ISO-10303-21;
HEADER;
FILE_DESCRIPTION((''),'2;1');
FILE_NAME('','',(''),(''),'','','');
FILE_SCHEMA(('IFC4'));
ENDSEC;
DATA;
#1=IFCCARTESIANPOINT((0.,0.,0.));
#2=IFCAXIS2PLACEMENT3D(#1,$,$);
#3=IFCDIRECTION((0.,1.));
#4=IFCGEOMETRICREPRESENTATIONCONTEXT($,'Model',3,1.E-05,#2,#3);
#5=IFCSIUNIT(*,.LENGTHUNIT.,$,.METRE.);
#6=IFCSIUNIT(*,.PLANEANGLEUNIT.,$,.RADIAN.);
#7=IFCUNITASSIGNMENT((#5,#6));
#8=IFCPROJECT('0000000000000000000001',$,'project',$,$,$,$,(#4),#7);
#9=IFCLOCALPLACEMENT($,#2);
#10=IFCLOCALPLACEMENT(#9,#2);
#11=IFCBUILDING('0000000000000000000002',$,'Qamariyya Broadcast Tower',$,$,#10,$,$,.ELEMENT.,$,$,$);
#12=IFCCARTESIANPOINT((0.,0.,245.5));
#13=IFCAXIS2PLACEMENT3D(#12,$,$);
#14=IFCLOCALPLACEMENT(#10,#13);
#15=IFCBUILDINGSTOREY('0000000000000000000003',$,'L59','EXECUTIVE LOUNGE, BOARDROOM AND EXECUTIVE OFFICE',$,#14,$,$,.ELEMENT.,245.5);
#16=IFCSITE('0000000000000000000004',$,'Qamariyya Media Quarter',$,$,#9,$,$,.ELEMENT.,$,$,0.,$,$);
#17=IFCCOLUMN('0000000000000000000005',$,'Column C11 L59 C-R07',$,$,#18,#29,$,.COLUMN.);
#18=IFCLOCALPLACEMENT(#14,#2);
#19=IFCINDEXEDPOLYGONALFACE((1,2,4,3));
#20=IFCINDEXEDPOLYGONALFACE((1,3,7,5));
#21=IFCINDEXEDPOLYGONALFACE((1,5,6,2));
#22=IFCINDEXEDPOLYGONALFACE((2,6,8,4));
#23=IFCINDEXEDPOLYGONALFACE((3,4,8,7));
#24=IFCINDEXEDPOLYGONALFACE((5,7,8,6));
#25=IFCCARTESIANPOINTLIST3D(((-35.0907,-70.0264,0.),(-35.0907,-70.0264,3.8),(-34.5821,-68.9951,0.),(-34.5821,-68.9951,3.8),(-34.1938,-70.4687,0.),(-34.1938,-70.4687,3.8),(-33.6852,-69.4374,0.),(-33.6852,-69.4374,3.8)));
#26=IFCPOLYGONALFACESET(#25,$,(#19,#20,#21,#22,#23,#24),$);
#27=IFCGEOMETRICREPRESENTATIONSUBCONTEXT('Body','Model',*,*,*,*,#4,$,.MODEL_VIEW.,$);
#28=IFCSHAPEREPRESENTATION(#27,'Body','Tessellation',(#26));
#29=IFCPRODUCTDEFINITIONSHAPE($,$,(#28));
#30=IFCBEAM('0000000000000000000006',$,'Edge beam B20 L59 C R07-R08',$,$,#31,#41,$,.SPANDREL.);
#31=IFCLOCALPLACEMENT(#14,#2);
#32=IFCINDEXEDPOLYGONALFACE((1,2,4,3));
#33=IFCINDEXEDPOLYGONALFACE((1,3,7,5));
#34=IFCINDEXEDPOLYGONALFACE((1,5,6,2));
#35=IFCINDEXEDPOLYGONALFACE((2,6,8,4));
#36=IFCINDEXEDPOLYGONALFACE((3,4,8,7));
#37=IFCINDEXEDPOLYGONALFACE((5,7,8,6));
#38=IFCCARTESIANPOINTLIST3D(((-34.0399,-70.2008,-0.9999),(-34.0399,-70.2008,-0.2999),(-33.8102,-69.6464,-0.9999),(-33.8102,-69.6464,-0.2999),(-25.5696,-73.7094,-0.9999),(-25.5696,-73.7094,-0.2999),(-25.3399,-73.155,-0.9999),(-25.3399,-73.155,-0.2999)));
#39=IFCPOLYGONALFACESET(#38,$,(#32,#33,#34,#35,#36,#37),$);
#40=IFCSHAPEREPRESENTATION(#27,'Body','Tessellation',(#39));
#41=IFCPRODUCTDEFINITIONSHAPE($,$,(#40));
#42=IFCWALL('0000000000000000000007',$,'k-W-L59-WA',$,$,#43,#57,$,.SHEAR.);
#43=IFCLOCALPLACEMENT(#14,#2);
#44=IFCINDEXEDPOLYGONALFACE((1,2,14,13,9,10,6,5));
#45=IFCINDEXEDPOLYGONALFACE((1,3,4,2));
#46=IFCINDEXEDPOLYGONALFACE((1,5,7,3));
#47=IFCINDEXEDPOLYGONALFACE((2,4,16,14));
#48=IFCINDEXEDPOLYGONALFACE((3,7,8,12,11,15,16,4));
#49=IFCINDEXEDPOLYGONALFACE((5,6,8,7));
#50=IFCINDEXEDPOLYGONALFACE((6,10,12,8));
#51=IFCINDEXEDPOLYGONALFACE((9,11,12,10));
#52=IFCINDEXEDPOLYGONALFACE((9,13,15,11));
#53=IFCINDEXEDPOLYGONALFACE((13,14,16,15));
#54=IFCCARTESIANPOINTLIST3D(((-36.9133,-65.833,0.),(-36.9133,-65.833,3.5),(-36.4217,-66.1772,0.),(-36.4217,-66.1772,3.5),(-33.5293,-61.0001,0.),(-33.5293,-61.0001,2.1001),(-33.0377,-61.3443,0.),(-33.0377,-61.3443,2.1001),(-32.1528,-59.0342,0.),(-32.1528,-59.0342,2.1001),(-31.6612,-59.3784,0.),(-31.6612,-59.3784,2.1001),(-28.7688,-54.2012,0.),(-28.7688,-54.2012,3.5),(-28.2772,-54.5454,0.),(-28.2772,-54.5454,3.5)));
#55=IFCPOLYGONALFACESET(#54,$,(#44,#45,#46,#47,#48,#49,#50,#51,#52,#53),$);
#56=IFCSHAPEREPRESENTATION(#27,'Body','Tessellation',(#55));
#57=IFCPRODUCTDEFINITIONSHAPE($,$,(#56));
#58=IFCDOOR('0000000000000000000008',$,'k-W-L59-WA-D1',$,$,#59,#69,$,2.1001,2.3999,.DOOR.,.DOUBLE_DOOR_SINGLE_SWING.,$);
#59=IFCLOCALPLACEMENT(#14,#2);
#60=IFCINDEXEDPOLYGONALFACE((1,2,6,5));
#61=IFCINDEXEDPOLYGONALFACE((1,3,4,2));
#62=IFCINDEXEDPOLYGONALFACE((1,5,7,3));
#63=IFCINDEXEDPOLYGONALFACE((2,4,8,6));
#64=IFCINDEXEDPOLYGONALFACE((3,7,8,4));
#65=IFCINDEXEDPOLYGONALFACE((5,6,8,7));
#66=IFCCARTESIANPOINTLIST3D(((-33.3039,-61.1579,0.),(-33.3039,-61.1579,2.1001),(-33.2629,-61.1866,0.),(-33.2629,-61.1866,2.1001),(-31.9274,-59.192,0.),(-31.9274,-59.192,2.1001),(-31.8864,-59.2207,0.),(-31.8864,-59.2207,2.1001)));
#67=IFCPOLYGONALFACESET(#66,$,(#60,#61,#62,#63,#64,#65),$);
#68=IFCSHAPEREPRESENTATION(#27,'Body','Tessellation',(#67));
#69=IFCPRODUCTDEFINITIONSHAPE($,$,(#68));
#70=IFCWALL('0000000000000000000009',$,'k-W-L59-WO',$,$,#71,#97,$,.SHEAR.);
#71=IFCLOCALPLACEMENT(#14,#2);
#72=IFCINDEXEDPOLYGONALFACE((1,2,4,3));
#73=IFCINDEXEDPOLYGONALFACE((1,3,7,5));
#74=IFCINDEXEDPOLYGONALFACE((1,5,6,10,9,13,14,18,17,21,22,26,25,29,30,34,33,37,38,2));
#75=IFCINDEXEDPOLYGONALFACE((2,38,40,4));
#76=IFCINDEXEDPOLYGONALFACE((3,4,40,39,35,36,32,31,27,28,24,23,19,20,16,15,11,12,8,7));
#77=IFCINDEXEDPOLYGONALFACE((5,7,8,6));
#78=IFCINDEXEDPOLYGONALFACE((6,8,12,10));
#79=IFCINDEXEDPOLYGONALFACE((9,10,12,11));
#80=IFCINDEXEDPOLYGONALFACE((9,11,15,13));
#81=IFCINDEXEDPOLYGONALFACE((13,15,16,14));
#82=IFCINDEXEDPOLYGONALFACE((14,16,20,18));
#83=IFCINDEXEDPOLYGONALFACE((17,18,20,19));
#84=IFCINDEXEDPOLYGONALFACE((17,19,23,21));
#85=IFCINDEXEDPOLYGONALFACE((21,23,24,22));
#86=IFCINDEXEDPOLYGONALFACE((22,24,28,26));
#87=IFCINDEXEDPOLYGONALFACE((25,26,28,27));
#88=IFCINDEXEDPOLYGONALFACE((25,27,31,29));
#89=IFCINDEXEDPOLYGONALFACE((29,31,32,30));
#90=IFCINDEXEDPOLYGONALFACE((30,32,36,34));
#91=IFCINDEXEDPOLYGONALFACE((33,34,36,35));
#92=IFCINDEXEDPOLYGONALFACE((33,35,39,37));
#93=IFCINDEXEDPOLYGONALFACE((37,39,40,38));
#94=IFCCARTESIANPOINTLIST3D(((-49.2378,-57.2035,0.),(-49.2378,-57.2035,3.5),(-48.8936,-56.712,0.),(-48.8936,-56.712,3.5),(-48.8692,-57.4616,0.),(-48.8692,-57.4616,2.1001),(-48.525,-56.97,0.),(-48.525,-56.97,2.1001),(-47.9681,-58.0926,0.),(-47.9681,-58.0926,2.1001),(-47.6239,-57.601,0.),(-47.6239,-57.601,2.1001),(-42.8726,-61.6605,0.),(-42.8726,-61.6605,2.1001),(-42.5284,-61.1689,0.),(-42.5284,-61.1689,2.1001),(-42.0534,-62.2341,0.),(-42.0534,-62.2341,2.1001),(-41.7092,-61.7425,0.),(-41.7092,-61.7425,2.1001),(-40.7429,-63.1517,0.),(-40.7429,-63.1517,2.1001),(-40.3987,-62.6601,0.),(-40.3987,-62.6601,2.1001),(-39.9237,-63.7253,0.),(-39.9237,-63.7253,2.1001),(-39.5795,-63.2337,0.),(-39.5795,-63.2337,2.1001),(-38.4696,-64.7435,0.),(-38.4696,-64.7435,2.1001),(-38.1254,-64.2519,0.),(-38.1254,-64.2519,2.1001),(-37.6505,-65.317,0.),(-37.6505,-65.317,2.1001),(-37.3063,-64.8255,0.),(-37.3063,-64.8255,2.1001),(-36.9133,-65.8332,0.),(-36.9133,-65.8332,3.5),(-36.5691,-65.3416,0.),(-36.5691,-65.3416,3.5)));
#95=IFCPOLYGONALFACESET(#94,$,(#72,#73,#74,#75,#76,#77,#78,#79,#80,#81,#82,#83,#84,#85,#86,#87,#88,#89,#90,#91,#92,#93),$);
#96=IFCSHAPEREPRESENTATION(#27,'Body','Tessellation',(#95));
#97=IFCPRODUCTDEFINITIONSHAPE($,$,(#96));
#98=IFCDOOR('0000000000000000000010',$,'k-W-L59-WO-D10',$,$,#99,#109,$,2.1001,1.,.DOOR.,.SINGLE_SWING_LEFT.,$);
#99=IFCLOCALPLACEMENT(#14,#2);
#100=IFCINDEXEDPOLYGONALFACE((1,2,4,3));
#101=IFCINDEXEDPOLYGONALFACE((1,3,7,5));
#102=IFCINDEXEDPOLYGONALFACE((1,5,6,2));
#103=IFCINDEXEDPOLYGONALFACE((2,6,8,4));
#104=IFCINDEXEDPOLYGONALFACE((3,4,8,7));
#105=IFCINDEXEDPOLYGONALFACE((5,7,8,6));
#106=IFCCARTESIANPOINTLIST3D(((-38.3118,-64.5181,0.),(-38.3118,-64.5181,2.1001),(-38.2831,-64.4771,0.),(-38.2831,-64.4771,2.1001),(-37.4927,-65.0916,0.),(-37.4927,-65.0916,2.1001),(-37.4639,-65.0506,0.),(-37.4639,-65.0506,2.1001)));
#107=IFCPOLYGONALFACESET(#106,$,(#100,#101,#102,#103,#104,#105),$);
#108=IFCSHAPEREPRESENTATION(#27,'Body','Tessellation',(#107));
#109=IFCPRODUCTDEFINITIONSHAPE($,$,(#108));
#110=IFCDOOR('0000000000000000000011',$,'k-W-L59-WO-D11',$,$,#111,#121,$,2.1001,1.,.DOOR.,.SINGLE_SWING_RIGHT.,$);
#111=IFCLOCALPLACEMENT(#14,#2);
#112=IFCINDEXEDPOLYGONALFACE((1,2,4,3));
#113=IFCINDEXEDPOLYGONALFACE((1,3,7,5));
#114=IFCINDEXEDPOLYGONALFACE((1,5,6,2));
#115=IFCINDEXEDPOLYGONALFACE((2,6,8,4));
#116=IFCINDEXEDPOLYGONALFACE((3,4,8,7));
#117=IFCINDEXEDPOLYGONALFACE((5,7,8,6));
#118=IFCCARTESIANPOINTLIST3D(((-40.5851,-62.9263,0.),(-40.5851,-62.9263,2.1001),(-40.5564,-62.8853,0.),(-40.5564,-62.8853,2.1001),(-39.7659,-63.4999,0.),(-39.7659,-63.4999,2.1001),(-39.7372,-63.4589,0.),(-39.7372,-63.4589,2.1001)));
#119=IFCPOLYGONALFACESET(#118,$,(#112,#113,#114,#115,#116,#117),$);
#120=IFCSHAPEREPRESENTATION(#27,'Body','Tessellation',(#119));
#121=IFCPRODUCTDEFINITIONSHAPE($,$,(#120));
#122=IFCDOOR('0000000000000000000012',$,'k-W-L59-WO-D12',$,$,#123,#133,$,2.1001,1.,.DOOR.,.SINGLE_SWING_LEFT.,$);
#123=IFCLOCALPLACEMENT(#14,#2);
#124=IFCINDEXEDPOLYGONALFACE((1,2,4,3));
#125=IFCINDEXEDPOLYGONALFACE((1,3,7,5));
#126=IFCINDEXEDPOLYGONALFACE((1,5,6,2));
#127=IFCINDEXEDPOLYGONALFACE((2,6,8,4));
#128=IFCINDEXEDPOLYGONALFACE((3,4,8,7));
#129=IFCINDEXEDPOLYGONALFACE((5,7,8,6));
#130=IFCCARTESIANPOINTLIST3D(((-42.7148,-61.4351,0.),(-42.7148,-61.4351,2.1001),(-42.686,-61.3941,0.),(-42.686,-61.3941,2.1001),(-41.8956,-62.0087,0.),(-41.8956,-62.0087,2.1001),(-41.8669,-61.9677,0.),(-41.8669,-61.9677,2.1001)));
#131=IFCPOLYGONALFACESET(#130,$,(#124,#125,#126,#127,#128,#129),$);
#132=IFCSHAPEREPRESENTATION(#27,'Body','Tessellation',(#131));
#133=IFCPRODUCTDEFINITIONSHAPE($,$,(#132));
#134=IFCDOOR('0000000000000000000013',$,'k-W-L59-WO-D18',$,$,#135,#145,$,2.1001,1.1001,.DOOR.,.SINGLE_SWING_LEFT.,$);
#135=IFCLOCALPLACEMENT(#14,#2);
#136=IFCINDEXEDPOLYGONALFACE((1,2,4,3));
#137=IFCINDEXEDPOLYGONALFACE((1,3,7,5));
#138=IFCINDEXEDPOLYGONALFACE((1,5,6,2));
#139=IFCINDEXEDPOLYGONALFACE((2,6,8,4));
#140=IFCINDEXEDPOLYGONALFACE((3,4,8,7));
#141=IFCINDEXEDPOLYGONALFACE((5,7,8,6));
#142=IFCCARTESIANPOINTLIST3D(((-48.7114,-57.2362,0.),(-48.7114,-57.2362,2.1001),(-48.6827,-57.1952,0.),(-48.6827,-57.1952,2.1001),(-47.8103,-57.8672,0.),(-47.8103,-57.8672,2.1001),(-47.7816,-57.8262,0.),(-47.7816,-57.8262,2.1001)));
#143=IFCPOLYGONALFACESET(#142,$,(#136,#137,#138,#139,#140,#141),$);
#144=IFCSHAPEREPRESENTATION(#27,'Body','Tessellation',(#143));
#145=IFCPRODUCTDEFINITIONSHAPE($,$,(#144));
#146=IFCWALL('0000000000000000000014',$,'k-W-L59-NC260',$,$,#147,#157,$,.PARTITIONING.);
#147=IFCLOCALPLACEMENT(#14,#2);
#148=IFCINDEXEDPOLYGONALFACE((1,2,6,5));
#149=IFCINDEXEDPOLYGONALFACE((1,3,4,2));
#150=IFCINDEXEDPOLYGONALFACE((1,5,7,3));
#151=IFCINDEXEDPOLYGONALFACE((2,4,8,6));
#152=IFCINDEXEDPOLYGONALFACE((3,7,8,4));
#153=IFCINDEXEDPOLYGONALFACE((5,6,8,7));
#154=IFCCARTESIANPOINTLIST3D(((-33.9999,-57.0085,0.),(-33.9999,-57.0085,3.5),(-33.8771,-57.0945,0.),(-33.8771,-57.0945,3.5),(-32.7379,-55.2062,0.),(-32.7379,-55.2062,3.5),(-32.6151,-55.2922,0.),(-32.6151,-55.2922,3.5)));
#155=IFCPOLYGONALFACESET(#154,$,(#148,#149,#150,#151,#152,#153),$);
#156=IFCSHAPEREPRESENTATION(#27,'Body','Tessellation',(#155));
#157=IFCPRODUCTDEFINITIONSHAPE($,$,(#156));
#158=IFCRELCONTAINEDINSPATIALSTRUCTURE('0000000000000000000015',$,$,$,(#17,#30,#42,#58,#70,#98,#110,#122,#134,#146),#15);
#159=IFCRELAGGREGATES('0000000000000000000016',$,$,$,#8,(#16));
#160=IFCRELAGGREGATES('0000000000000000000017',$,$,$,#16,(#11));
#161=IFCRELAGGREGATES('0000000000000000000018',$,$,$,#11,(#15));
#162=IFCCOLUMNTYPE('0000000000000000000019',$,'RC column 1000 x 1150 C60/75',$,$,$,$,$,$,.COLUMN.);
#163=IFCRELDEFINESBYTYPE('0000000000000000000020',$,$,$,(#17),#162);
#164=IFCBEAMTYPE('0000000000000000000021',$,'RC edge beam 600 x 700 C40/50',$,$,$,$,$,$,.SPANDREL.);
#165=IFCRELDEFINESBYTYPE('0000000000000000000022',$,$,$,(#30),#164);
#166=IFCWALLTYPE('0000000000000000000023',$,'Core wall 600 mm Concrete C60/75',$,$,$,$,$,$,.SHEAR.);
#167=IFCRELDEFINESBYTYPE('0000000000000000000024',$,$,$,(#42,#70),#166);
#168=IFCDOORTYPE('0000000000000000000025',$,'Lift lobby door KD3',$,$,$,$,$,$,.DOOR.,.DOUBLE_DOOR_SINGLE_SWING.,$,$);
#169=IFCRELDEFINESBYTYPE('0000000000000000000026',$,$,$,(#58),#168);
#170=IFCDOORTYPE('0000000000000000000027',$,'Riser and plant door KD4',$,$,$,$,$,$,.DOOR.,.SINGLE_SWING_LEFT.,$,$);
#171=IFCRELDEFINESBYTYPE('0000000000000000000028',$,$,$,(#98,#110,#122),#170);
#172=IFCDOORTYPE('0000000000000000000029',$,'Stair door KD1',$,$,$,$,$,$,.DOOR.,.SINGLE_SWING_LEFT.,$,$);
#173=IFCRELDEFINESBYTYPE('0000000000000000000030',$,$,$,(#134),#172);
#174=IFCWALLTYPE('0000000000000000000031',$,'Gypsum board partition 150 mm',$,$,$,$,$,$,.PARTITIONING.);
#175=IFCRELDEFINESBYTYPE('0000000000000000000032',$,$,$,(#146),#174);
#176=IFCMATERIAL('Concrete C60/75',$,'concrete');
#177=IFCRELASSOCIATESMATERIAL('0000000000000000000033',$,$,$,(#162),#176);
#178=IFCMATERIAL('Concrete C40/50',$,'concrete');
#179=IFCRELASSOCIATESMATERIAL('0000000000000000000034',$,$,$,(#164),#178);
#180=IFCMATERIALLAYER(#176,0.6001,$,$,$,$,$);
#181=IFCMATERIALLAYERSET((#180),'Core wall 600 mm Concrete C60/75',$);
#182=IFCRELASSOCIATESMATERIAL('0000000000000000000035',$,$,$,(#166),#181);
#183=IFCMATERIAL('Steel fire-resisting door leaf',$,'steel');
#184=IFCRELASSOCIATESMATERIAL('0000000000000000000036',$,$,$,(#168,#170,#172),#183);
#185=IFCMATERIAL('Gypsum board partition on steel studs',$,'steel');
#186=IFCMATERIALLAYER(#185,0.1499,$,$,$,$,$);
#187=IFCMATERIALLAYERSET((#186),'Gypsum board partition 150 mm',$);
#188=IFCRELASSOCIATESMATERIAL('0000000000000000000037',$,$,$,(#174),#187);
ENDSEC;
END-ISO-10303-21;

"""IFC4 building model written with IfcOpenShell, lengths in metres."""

from ifc_helpers import new_model, si_unit, direction, frame, frame_2d, origin, origin_2d, place, context, subcontext, project, spatial, rectangle, extrude, material, layer, layer_set, material_profile, profile_set, type_object, element, fill, save


model = new_model("IFC4")

# Units and contexts
model_context = context("Model", 3, precision=1e-05, world=origin(), true_north=direction((0.0, 1.0)))
body_context = subcontext(model_context, "Body", "Model", "MODEL_VIEW")
ifc_project = project(units=[si_unit("LENGTHUNIT", "METRE"), si_unit("PLANEANGLEUNIT", "RADIAN")], contexts=[model_context])

# Site, building, storey
site_placement = place(None, origin())
site = spatial("IfcSite", under=ifc_project, at=site_placement, Name="Qamariyya Media Quarter", CompositionType="ELEMENT", RefElevation=0.0)
building_placement = place(site_placement, origin())
building = spatial("IfcBuilding", under=site, at=building_placement, Name="Qamariyya Broadcast Tower", CompositionType="ELEMENT")
storey_placement = place(building_placement, frame((0.0, 0.0, 245.5)))
storey = spatial("IfcBuildingStorey", under=building, at=storey_placement, Name="L59", Description="EXECUTIVE LOUNGE, BOARDROOM AND EXECUTIVE OFFICE", CompositionType="ELEMENT", Elevation=245.5)

# Column
ifc_material_1 = material(Name="Concrete C60/75", Category="concrete")
ifc_material_profile_1 = material_profile(ifc_material_1, rectangle(XDim=1.0, YDim=1.1499, at=origin_2d()))
ifc_profile_set_1 = profile_set([ifc_material_profile_1], Name="Concrete C60/75")
column_type = type_object("IfcColumnType", Name="RC column 1000 x 1150 C60/75", PredefinedType="COLUMN", material=ifc_profile_set_1)
column_placement = place(storey_placement, frame((-34.3879, -69.7319, 0.0), z_axis=(0.0, 0.0, 1.0), x_axis=(0.896873, -0.442289, 0.0)))
element("IfcColumn", 1, at=column_placement, inside=storey, type_object=column_type, Name="Column C11 L59 C-R07", PredefinedType="COLUMN", context=body_context, shape_type="SweptSolid", body=[
    extrude(rectangle(XDim=1.0, YDim=1.1499, at=origin_2d()), origin(), (0.0, 0.0, 1.0), 3.8),
])

# Beam
ifc_material_2 = material(Name="Concrete C40/50", Category="concrete")
ifc_material_profile_2 = material_profile(ifc_material_2, rectangle(XDim=0.6001, YDim=0.7, at=origin_2d()))
ifc_profile_set_2 = profile_set([ifc_material_profile_2], Name="Concrete C40/50")
beam_type = type_object("IfcBeamType", Name="RC edge beam 600 x 700 C40/50", PredefinedType="SPANDREL", material=ifc_profile_set_2)
beam_placement = place(storey_placement, frame((-33.925, -69.9236, -0.6499), z_axis=(0.923877, -0.38269, 0.0), x_axis=(0.38269, 0.923877, 0.0)))
element("IfcBeam", 2, at=beam_placement, inside=storey, type_object=beam_type, Name="Edge beam B20 L59 C R07-R08", PredefinedType="SPANDREL", context=body_context, shape_type="SweptSolid", body=[
    extrude(rectangle(XDim=0.6001, YDim=0.7, at=origin_2d()), origin(), (0.0, 0.0, 1.0), 9.1682),
])

# Wall, opening, door
ifc_layer_1 = layer(ifc_material_1, 0.6001)
ifc_layer_set_1 = layer_set([ifc_layer_1], Name="Core wall 600 mm Concrete C60/75")
wall_type_1 = type_object("IfcWallType", Name="Core wall 600 mm Concrete C60/75", PredefinedType="SHEAR", material=ifc_layer_set_1)
wall_1_placement = place(storey_placement, frame((-36.6675, -66.0051, 0.0), z_axis=(0.0, 0.0, 1.0), x_axis=(0.573568, 0.819158, 0.0)))
wall_1 = element("IfcWall", 3, at=wall_1_placement, inside=storey, type_object=wall_type_1, Name="k-W-L59-WA", PredefinedType="SHEAR", context=body_context, shape_type="SweptSolid", body=[
    extrude(rectangle(XDim=14.1997, YDim=0.6001, at=frame_2d((7.0999, 0.0))), origin(), (0.0, 0.0, 1.0), 3.5),
])
opening_1_placement = place(wall_1_placement, frame((5.8999, 0.0, 0.0)))
opening_1 = element("IfcOpeningElement", 4, at=opening_1_placement, cuts=wall_1, PredefinedType="OPENING", context=body_context, shape_type="SweptSolid", body=[
    extrude(rectangle(XDim=2.3999, YDim=2.1001, at=frame_2d((1.2, 1.05))), frame((0.0, 0.3101, 0.0), z_axis=(0.0, -1.0, 0.0), x_axis=(1.0, 0.0, 0.0)), (0.0, 0.0, 1.0), 0.6201),
])
ifc_material_3 = material(Name="Steel fire-resisting door leaf", Category="steel")
door_type_1 = type_object("IfcDoorType", Name="Lift lobby door KD3", OperationType="DOUBLE_DOOR_SINGLE_SWING", PredefinedType="DOOR", material=ifc_material_3)
door_1_placement = place(opening_1_placement, origin())
door_1 = element("IfcDoor", 5, at=door_1_placement, inside=storey, type_object=door_type_1, Name="k-W-L59-WA-D1", OperationType="DOUBLE_DOOR_SINGLE_SWING", OverallHeight=2.1001, OverallWidth=2.3999, PredefinedType="DOOR", context=body_context, shape_type="SweptSolid", body=[
    extrude(rectangle(XDim=2.3999, YDim=2.1001, at=frame_2d((1.2, 1.05))), frame((0.0, 0.0249, 0.0), z_axis=(0.0, -1.0, 0.0), x_axis=(1.0, 0.0, 0.0)), (0.0, 0.0, 1.0), 0.05),
])
fill(opening_1, door_1)

# Wall, openings, doors
wall_2_placement = place(storey_placement, frame((-36.7412, -65.5874, 0.0), z_axis=(0.0, 0.0, 1.0), x_axis=(-0.819153, 0.573575, 0.0)))
wall_2 = element("IfcWall", 6, at=wall_2_placement, inside=storey, type_object=wall_type_1, Name="k-W-L59-WO", PredefinedType="SHEAR", context=body_context, shape_type="SweptSolid", body=[
    extrude(rectangle(XDim=15.0454, YDim=0.6001, at=frame_2d((7.5227, 0.0))), origin(), (0.0, 0.0, 1.0), 3.5),
])
opening_2_placement = place(wall_2_placement, frame((0.8999, 0.0, 0.0)))
opening_2 = element("IfcOpeningElement", 7, at=opening_2_placement, cuts=wall_2, PredefinedType="OPENING", context=body_context, shape_type="SweptSolid", body=[
    extrude(rectangle(XDim=1.0, YDim=2.1001, at=frame_2d((0.5, 1.05))), frame((0.0, 0.3101, 0.0), z_axis=(0.0, -1.0, 0.0), x_axis=(1.0, 0.0, 0.0)), (0.0, 0.0, 1.0), 0.6201),
])
opening_3_placement = place(wall_2_placement, frame((3.675, 0.0, 0.0)))
opening_3 = element("IfcOpeningElement", 8, at=opening_3_placement, cuts=wall_2, PredefinedType="OPENING", context=body_context, shape_type="SweptSolid", body=[
    extrude(rectangle(XDim=1.0, YDim=2.1001, at=frame_2d((0.5, 1.05))), frame((0.0, 0.3101, 0.0), z_axis=(0.0, -1.0, 0.0), x_axis=(1.0, 0.0, 0.0)), (0.0, 0.0, 1.0), 0.6201),
])
opening_4_placement = place(wall_2_placement, frame((6.2749, 0.0, 0.0)))
opening_4 = element("IfcOpeningElement", 9, at=opening_4_placement, cuts=wall_2, PredefinedType="OPENING", context=body_context, shape_type="SweptSolid", body=[
    extrude(rectangle(XDim=1.0, YDim=2.1001, at=frame_2d((0.5, 1.05))), frame((0.0, 0.3101, 0.0), z_axis=(0.0, -1.0, 0.0), x_axis=(1.0, 0.0, 0.0)), (0.0, 0.0, 1.0), 0.6201),
])
opening_5_placement = place(wall_2_placement, frame((13.4954, 0.0, 0.0)))
opening_5 = element("IfcOpeningElement", 10, at=opening_5_placement, cuts=wall_2, PredefinedType="OPENING", context=body_context, shape_type="SweptSolid", body=[
    extrude(rectangle(XDim=1.1001, YDim=2.1001, at=frame_2d((0.55, 1.05))), frame((0.0, 0.3101, 0.0), z_axis=(0.0, -1.0, 0.0), x_axis=(1.0, 0.0, 0.0)), (0.0, 0.0, 1.0), 0.6201),
])
door_type_2 = type_object("IfcDoorType", Name="Riser and plant door KD4", OperationType="SINGLE_SWING_LEFT", PredefinedType="DOOR", material=ifc_material_3)
door_2_placement = place(opening_2_placement, origin())
door_2 = element("IfcDoor", 11, at=door_2_placement, inside=storey, type_object=door_type_2, Name="k-W-L59-WO-D10", OperationType="SINGLE_SWING_LEFT", OverallHeight=2.1001, OverallWidth=1.0, PredefinedType="DOOR", context=body_context, shape_type="SweptSolid", body=[
    extrude(rectangle(XDim=1.0, YDim=2.1001, at=frame_2d((0.5, 1.05))), frame((0.0, 0.0249, 0.0), z_axis=(0.0, -1.0, 0.0), x_axis=(1.0, 0.0, 0.0)), (0.0, 0.0, 1.0), 0.05),
])
fill(opening_2, door_2)
door_3_placement = place(opening_3_placement, origin())
door_3 = element("IfcDoor", 12, at=door_3_placement, inside=storey, type_object=door_type_2, Name="k-W-L59-WO-D11", OperationType="SINGLE_SWING_RIGHT", OverallHeight=2.1001, OverallWidth=1.0, PredefinedType="DOOR", context=body_context, shape_type="SweptSolid", body=[
    extrude(rectangle(XDim=1.0, YDim=2.1001, at=frame_2d((0.5, 1.05))), frame((0.0, 0.0249, 0.0), z_axis=(0.0, -1.0, 0.0), x_axis=(1.0, 0.0, 0.0)), (0.0, 0.0, 1.0), 0.05),
])
fill(opening_3, door_3)
door_4_placement = place(opening_4_placement, origin())
door_4 = element("IfcDoor", 13, at=door_4_placement, inside=storey, type_object=door_type_2, Name="k-W-L59-WO-D12", OperationType="SINGLE_SWING_LEFT", OverallHeight=2.1001, OverallWidth=1.0, PredefinedType="DOOR", context=body_context, shape_type="SweptSolid", body=[
    extrude(rectangle(XDim=1.0, YDim=2.1001, at=frame_2d((0.5, 1.05))), frame((0.0, 0.0249, 0.0), z_axis=(0.0, -1.0, 0.0), x_axis=(1.0, 0.0, 0.0)), (0.0, 0.0, 1.0), 0.05),
])
fill(opening_4, door_4)
door_type_3 = type_object("IfcDoorType", Name="Stair door KD1", OperationType="SINGLE_SWING_LEFT", PredefinedType="DOOR", material=ifc_material_3)
door_5_placement = place(opening_5_placement, origin())
door_5 = element("IfcDoor", 14, at=door_5_placement, inside=storey, type_object=door_type_3, Name="k-W-L59-WO-D18", OperationType="SINGLE_SWING_LEFT", OverallHeight=2.1001, OverallWidth=1.1001, PredefinedType="DOOR", context=body_context, shape_type="SweptSolid", body=[
    extrude(rectangle(XDim=1.1001, YDim=2.1001, at=frame_2d((0.55, 1.05))), frame((0.0, 0.0249, 0.0), z_axis=(0.0, -1.0, 0.0), x_axis=(1.0, 0.0, 0.0)), (0.0, 0.0, 1.0), 0.05),
])
fill(opening_5, door_5)

# Wall
ifc_material_4 = material(Name="Gypsum board partition on steel studs", Category="steel")
ifc_layer_2 = layer(ifc_material_4, 0.1499)
ifc_layer_set_2 = layer_set([ifc_layer_2], Name="Gypsum board partition 150 mm")
wall_type_2 = type_object("IfcWallType", Name="Gypsum board partition 150 mm", PredefinedType="PARTITIONING", material=ifc_layer_set_2)
wall_3_placement = place(storey_placement, frame((-33.9385, -57.0515, 0.0), z_axis=(0.0, 0.0, 1.0), x_axis=(0.573581, 0.819149, 0.0)))
element("IfcWall", 15, at=wall_3_placement, inside=storey, type_object=wall_type_2, Name="k-W-L59-NC260", PredefinedType="PARTITIONING", context=body_context, shape_type="SweptSolid", body=[
    extrude(rectangle(XDim=2.2002, YDim=0.1499, at=frame_2d((1.1001, 0.0))), origin(), (0.0, 0.0, 1.0), 3.5),
])

save(model, "model.ifc")
